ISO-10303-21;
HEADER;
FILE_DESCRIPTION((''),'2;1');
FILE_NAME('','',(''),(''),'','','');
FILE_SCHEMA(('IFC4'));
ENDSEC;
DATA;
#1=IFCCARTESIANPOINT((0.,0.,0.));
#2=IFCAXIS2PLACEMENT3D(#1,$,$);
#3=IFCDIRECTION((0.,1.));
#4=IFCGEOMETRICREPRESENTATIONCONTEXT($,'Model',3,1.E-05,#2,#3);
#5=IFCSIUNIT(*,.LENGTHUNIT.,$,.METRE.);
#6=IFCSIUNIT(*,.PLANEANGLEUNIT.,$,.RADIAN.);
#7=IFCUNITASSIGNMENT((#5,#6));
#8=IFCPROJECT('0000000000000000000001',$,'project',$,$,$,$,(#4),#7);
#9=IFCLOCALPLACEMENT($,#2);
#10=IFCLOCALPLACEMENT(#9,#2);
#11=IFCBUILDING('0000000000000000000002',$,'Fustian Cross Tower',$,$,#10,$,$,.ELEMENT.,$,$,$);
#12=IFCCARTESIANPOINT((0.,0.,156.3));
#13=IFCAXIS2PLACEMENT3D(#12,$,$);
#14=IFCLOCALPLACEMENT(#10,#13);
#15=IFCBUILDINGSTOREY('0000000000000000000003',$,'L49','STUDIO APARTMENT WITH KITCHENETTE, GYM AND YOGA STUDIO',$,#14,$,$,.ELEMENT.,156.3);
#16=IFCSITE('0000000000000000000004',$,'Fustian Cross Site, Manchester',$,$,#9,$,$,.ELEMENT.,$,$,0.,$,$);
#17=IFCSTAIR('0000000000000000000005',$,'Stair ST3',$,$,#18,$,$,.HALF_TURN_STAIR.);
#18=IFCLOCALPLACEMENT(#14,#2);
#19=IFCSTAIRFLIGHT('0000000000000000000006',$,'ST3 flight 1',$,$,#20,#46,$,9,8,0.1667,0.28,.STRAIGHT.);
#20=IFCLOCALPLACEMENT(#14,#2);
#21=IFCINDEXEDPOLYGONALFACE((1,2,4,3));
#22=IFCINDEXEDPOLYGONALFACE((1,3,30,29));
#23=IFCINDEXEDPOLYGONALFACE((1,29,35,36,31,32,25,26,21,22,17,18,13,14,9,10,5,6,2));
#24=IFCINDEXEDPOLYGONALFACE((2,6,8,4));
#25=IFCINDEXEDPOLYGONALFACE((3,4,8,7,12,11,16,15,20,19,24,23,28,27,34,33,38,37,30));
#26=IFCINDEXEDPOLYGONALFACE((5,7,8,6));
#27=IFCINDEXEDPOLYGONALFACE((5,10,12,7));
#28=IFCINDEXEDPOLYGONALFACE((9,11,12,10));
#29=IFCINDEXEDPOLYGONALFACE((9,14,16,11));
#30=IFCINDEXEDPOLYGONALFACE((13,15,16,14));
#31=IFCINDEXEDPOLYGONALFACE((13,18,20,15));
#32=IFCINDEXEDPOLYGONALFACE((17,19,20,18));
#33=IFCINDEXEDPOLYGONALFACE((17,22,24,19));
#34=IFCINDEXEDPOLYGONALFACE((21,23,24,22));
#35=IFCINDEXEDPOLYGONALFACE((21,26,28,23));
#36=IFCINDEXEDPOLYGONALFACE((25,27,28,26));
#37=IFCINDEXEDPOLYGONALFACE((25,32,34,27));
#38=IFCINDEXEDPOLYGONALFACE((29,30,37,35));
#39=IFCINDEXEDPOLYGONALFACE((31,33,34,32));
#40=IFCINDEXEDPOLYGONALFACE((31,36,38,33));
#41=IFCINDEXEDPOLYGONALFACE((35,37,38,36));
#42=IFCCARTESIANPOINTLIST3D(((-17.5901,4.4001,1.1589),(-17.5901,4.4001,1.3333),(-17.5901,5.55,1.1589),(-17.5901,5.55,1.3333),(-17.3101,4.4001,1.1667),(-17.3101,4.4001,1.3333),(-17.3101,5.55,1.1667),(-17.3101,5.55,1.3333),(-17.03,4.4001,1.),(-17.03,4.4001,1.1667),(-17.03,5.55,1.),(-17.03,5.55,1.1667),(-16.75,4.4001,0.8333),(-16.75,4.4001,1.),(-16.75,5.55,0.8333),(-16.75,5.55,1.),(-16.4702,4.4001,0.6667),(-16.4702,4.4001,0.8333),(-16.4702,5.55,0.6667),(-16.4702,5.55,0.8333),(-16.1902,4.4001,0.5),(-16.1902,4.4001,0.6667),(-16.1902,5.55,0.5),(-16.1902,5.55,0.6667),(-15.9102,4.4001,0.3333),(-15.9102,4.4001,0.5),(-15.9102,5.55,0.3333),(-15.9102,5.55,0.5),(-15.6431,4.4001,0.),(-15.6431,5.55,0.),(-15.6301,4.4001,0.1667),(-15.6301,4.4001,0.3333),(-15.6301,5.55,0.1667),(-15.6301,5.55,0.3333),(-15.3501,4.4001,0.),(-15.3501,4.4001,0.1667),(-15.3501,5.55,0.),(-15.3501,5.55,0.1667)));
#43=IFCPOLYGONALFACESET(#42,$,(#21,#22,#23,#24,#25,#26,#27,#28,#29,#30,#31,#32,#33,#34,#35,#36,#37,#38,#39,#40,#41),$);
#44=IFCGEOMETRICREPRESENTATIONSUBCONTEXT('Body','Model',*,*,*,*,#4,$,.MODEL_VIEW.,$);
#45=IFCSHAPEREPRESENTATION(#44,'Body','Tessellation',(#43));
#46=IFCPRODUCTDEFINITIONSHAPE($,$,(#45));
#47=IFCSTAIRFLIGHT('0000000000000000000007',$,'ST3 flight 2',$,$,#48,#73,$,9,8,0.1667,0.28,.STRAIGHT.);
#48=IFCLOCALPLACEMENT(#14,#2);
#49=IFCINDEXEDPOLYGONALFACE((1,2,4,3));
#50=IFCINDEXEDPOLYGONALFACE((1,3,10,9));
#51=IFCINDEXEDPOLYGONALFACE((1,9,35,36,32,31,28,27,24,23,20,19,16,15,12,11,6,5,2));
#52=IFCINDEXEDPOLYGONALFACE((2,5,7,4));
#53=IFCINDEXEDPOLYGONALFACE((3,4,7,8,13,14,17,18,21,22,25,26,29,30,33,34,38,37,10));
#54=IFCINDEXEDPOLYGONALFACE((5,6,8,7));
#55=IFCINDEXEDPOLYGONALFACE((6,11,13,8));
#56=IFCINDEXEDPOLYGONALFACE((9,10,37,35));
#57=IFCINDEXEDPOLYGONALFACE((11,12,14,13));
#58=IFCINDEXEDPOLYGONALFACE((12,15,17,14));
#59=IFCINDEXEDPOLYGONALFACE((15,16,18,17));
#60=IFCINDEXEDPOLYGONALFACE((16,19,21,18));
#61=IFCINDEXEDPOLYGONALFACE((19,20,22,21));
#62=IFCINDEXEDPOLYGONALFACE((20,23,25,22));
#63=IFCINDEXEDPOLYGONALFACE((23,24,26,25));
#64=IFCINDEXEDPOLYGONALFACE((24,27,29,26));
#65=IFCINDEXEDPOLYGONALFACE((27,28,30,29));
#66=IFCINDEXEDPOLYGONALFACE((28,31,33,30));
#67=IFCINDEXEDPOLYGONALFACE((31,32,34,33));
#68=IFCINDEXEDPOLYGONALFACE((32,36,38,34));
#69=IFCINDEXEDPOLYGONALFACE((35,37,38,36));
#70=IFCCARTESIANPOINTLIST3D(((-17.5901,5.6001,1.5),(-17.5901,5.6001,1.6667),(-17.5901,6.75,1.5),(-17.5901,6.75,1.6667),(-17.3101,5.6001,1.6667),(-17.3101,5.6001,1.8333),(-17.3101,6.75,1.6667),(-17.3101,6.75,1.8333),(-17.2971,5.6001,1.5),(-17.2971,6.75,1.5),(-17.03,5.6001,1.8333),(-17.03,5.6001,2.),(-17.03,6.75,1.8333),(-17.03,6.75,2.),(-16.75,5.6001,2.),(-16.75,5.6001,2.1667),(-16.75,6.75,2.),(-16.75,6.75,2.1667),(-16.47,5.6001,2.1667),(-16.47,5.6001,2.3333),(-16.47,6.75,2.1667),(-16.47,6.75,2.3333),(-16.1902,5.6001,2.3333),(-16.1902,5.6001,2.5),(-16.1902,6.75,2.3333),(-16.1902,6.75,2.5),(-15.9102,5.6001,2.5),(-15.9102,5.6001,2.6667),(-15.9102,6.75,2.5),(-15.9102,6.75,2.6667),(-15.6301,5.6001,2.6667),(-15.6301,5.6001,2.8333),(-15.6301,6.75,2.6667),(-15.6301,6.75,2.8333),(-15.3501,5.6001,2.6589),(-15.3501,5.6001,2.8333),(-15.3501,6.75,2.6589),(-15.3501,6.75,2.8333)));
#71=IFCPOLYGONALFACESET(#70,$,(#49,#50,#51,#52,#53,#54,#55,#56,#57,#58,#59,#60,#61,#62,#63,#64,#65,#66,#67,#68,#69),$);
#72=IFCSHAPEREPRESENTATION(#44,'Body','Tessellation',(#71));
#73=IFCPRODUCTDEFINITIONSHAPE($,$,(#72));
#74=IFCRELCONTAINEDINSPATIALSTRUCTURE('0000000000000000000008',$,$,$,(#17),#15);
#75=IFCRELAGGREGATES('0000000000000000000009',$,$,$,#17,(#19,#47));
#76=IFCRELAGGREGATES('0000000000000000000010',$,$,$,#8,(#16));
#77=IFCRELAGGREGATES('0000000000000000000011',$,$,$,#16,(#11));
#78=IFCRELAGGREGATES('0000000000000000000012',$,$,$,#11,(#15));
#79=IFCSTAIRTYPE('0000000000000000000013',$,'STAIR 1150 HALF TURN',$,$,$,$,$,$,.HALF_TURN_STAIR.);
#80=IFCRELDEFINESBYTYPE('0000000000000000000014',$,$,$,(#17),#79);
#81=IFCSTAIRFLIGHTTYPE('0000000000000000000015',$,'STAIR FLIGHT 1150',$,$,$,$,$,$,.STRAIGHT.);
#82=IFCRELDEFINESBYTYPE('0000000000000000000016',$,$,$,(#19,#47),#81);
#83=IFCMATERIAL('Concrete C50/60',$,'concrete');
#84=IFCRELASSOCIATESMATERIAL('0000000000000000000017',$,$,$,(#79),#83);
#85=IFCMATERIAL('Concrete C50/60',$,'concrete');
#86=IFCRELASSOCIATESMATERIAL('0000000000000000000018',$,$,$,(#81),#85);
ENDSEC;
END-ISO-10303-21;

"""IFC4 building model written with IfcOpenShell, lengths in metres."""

from ifc_helpers import new_model, si_unit, direction, frame, origin, place, context, subcontext, project, spatial, polyline, outline, extrude, material, type_object, element, aggregate, save


model = new_model("IFC4")

# Units and contexts
model_context = context("Model", 3, precision=1e-05, world=origin(), true_north=direction((0.0, 1.0)))
body_context = subcontext(model_context, "Body", "Model", "MODEL_VIEW")
ifc_project = project(units=[si_unit("LENGTHUNIT", "METRE"), si_unit("PLANEANGLEUNIT", "RADIAN")], contexts=[model_context])

# Site, building, storey
site_placement = place(None, origin())
site = spatial("IfcSite", under=ifc_project, at=site_placement, Name="Fustian Cross Site, Manchester", CompositionType="ELEMENT", RefElevation=0.0)
building_placement = place(site_placement, origin())
building = spatial("IfcBuilding", under=site, at=building_placement, Name="Fustian Cross Tower", CompositionType="ELEMENT")
storey_placement = place(building_placement, frame((0.0, 0.0, 156.3)))
storey = spatial("IfcBuildingStorey", under=building, at=storey_placement, Name="L49", Description="STUDIO APARTMENT WITH KITCHENETTE, GYM AND YOGA STUDIO", CompositionType="ELEMENT", Elevation=156.3)

# Stair, stair flights
ifc_material_1 = material(Name="Concrete C50/60", Category="concrete")
stair_type = type_object("IfcStairType", Name="STAIR 1150 HALF TURN", PredefinedType="HALF_TURN_STAIR", material=ifc_material_1)
stair_placement = place(storey_placement, origin())
stair = element("IfcStair", 1, at=stair_placement, inside=storey, type_object=stair_type, Name="Stair ST3", PredefinedType="HALF_TURN_STAIR")
ifc_material_2 = material(Name="Concrete C50/60", Category="concrete")
stair_flight_type = type_object("IfcStairFlightType", Name="STAIR FLIGHT 1150", PredefinedType="STRAIGHT", material=ifc_material_2)
stair_flight_1_placement = place(storey_placement, frame((-15.3501, 4.9751, 0.0), z_axis=(0.0, 0.0, 1.0), x_axis=(-1.0, 0.0, 0.0)))
stair_flight_1 = element("IfcStairFlight", 2, at=stair_flight_1_placement, type_object=stair_flight_type, Name="ST3 flight 1", NumberOfRisers=9, NumberOfTreads=8, PredefinedType="STRAIGHT", RiserHeight=0.1667, TreadLength=0.28, context=body_context, shape_type="SweptSolid", body=[
    extrude(outline(polyline([(0.0, 0.0), (0.0, 0.1667), (0.28, 0.1667), (0.28, 0.3333), (0.5601, 0.3333), (0.5601, 0.5), (0.8401, 0.5), (0.8401, 0.6667), (1.1201, 0.6667), (1.1201, 0.8333), (1.3999, 0.8333), (1.3999, 1.0), (1.6799, 1.0), (1.6799, 1.1667), (1.96, 1.1667), (1.96, 1.3333), (2.24, 1.3333), (2.24, 1.5), (2.24, 1.1589), (0.293, 0.0), (0.0, 0.0)])), frame((0.0, 0.575, 0.0), z_axis=(0.0, -1.0, 0.0), x_axis=(1.0, 0.0, 0.0)), (0.0, 0.0, 1.0), 1.1499),
])
stair_flight_2_placement = place(storey_placement, frame((-17.5901, 6.175, 1.5), z_axis=(0.0, 0.0, 1.0), x_axis=(1.0, 0.0, 0.0)))
stair_flight_2 = element("IfcStairFlight", 3, at=stair_flight_2_placement, type_object=stair_flight_type, Name="ST3 flight 2", NumberOfRisers=9, NumberOfTreads=8, PredefinedType="STRAIGHT", RiserHeight=0.1667, TreadLength=0.28, context=body_context, shape_type="SweptSolid", body=[
    extrude(outline(polyline([(0.0, 0.0), (0.0, 0.1667), (0.28, 0.1667), (0.28, 0.3333), (0.5601, 0.3333), (0.5601, 0.5), (0.8401, 0.5), (0.8401, 0.6667), (1.1201, 0.6667), (1.1201, 0.8333), (1.3999, 0.8333), (1.3999, 1.0), (1.6799, 1.0), (1.6799, 1.1667), (1.96, 1.1667), (1.96, 1.3333), (2.24, 1.3333), (2.24, 1.5), (2.24, 1.1589), (0.293, 0.0), (0.0, 0.0)])), frame((0.0, 0.575, 0.0), z_axis=(0.0, -1.0, 0.0), x_axis=(1.0, 0.0, 0.0)), (0.0, 0.0, 1.0), 1.1499),
])
aggregate(stair, [stair_flight_1, stair_flight_2])

save(model, "model.ifc")
